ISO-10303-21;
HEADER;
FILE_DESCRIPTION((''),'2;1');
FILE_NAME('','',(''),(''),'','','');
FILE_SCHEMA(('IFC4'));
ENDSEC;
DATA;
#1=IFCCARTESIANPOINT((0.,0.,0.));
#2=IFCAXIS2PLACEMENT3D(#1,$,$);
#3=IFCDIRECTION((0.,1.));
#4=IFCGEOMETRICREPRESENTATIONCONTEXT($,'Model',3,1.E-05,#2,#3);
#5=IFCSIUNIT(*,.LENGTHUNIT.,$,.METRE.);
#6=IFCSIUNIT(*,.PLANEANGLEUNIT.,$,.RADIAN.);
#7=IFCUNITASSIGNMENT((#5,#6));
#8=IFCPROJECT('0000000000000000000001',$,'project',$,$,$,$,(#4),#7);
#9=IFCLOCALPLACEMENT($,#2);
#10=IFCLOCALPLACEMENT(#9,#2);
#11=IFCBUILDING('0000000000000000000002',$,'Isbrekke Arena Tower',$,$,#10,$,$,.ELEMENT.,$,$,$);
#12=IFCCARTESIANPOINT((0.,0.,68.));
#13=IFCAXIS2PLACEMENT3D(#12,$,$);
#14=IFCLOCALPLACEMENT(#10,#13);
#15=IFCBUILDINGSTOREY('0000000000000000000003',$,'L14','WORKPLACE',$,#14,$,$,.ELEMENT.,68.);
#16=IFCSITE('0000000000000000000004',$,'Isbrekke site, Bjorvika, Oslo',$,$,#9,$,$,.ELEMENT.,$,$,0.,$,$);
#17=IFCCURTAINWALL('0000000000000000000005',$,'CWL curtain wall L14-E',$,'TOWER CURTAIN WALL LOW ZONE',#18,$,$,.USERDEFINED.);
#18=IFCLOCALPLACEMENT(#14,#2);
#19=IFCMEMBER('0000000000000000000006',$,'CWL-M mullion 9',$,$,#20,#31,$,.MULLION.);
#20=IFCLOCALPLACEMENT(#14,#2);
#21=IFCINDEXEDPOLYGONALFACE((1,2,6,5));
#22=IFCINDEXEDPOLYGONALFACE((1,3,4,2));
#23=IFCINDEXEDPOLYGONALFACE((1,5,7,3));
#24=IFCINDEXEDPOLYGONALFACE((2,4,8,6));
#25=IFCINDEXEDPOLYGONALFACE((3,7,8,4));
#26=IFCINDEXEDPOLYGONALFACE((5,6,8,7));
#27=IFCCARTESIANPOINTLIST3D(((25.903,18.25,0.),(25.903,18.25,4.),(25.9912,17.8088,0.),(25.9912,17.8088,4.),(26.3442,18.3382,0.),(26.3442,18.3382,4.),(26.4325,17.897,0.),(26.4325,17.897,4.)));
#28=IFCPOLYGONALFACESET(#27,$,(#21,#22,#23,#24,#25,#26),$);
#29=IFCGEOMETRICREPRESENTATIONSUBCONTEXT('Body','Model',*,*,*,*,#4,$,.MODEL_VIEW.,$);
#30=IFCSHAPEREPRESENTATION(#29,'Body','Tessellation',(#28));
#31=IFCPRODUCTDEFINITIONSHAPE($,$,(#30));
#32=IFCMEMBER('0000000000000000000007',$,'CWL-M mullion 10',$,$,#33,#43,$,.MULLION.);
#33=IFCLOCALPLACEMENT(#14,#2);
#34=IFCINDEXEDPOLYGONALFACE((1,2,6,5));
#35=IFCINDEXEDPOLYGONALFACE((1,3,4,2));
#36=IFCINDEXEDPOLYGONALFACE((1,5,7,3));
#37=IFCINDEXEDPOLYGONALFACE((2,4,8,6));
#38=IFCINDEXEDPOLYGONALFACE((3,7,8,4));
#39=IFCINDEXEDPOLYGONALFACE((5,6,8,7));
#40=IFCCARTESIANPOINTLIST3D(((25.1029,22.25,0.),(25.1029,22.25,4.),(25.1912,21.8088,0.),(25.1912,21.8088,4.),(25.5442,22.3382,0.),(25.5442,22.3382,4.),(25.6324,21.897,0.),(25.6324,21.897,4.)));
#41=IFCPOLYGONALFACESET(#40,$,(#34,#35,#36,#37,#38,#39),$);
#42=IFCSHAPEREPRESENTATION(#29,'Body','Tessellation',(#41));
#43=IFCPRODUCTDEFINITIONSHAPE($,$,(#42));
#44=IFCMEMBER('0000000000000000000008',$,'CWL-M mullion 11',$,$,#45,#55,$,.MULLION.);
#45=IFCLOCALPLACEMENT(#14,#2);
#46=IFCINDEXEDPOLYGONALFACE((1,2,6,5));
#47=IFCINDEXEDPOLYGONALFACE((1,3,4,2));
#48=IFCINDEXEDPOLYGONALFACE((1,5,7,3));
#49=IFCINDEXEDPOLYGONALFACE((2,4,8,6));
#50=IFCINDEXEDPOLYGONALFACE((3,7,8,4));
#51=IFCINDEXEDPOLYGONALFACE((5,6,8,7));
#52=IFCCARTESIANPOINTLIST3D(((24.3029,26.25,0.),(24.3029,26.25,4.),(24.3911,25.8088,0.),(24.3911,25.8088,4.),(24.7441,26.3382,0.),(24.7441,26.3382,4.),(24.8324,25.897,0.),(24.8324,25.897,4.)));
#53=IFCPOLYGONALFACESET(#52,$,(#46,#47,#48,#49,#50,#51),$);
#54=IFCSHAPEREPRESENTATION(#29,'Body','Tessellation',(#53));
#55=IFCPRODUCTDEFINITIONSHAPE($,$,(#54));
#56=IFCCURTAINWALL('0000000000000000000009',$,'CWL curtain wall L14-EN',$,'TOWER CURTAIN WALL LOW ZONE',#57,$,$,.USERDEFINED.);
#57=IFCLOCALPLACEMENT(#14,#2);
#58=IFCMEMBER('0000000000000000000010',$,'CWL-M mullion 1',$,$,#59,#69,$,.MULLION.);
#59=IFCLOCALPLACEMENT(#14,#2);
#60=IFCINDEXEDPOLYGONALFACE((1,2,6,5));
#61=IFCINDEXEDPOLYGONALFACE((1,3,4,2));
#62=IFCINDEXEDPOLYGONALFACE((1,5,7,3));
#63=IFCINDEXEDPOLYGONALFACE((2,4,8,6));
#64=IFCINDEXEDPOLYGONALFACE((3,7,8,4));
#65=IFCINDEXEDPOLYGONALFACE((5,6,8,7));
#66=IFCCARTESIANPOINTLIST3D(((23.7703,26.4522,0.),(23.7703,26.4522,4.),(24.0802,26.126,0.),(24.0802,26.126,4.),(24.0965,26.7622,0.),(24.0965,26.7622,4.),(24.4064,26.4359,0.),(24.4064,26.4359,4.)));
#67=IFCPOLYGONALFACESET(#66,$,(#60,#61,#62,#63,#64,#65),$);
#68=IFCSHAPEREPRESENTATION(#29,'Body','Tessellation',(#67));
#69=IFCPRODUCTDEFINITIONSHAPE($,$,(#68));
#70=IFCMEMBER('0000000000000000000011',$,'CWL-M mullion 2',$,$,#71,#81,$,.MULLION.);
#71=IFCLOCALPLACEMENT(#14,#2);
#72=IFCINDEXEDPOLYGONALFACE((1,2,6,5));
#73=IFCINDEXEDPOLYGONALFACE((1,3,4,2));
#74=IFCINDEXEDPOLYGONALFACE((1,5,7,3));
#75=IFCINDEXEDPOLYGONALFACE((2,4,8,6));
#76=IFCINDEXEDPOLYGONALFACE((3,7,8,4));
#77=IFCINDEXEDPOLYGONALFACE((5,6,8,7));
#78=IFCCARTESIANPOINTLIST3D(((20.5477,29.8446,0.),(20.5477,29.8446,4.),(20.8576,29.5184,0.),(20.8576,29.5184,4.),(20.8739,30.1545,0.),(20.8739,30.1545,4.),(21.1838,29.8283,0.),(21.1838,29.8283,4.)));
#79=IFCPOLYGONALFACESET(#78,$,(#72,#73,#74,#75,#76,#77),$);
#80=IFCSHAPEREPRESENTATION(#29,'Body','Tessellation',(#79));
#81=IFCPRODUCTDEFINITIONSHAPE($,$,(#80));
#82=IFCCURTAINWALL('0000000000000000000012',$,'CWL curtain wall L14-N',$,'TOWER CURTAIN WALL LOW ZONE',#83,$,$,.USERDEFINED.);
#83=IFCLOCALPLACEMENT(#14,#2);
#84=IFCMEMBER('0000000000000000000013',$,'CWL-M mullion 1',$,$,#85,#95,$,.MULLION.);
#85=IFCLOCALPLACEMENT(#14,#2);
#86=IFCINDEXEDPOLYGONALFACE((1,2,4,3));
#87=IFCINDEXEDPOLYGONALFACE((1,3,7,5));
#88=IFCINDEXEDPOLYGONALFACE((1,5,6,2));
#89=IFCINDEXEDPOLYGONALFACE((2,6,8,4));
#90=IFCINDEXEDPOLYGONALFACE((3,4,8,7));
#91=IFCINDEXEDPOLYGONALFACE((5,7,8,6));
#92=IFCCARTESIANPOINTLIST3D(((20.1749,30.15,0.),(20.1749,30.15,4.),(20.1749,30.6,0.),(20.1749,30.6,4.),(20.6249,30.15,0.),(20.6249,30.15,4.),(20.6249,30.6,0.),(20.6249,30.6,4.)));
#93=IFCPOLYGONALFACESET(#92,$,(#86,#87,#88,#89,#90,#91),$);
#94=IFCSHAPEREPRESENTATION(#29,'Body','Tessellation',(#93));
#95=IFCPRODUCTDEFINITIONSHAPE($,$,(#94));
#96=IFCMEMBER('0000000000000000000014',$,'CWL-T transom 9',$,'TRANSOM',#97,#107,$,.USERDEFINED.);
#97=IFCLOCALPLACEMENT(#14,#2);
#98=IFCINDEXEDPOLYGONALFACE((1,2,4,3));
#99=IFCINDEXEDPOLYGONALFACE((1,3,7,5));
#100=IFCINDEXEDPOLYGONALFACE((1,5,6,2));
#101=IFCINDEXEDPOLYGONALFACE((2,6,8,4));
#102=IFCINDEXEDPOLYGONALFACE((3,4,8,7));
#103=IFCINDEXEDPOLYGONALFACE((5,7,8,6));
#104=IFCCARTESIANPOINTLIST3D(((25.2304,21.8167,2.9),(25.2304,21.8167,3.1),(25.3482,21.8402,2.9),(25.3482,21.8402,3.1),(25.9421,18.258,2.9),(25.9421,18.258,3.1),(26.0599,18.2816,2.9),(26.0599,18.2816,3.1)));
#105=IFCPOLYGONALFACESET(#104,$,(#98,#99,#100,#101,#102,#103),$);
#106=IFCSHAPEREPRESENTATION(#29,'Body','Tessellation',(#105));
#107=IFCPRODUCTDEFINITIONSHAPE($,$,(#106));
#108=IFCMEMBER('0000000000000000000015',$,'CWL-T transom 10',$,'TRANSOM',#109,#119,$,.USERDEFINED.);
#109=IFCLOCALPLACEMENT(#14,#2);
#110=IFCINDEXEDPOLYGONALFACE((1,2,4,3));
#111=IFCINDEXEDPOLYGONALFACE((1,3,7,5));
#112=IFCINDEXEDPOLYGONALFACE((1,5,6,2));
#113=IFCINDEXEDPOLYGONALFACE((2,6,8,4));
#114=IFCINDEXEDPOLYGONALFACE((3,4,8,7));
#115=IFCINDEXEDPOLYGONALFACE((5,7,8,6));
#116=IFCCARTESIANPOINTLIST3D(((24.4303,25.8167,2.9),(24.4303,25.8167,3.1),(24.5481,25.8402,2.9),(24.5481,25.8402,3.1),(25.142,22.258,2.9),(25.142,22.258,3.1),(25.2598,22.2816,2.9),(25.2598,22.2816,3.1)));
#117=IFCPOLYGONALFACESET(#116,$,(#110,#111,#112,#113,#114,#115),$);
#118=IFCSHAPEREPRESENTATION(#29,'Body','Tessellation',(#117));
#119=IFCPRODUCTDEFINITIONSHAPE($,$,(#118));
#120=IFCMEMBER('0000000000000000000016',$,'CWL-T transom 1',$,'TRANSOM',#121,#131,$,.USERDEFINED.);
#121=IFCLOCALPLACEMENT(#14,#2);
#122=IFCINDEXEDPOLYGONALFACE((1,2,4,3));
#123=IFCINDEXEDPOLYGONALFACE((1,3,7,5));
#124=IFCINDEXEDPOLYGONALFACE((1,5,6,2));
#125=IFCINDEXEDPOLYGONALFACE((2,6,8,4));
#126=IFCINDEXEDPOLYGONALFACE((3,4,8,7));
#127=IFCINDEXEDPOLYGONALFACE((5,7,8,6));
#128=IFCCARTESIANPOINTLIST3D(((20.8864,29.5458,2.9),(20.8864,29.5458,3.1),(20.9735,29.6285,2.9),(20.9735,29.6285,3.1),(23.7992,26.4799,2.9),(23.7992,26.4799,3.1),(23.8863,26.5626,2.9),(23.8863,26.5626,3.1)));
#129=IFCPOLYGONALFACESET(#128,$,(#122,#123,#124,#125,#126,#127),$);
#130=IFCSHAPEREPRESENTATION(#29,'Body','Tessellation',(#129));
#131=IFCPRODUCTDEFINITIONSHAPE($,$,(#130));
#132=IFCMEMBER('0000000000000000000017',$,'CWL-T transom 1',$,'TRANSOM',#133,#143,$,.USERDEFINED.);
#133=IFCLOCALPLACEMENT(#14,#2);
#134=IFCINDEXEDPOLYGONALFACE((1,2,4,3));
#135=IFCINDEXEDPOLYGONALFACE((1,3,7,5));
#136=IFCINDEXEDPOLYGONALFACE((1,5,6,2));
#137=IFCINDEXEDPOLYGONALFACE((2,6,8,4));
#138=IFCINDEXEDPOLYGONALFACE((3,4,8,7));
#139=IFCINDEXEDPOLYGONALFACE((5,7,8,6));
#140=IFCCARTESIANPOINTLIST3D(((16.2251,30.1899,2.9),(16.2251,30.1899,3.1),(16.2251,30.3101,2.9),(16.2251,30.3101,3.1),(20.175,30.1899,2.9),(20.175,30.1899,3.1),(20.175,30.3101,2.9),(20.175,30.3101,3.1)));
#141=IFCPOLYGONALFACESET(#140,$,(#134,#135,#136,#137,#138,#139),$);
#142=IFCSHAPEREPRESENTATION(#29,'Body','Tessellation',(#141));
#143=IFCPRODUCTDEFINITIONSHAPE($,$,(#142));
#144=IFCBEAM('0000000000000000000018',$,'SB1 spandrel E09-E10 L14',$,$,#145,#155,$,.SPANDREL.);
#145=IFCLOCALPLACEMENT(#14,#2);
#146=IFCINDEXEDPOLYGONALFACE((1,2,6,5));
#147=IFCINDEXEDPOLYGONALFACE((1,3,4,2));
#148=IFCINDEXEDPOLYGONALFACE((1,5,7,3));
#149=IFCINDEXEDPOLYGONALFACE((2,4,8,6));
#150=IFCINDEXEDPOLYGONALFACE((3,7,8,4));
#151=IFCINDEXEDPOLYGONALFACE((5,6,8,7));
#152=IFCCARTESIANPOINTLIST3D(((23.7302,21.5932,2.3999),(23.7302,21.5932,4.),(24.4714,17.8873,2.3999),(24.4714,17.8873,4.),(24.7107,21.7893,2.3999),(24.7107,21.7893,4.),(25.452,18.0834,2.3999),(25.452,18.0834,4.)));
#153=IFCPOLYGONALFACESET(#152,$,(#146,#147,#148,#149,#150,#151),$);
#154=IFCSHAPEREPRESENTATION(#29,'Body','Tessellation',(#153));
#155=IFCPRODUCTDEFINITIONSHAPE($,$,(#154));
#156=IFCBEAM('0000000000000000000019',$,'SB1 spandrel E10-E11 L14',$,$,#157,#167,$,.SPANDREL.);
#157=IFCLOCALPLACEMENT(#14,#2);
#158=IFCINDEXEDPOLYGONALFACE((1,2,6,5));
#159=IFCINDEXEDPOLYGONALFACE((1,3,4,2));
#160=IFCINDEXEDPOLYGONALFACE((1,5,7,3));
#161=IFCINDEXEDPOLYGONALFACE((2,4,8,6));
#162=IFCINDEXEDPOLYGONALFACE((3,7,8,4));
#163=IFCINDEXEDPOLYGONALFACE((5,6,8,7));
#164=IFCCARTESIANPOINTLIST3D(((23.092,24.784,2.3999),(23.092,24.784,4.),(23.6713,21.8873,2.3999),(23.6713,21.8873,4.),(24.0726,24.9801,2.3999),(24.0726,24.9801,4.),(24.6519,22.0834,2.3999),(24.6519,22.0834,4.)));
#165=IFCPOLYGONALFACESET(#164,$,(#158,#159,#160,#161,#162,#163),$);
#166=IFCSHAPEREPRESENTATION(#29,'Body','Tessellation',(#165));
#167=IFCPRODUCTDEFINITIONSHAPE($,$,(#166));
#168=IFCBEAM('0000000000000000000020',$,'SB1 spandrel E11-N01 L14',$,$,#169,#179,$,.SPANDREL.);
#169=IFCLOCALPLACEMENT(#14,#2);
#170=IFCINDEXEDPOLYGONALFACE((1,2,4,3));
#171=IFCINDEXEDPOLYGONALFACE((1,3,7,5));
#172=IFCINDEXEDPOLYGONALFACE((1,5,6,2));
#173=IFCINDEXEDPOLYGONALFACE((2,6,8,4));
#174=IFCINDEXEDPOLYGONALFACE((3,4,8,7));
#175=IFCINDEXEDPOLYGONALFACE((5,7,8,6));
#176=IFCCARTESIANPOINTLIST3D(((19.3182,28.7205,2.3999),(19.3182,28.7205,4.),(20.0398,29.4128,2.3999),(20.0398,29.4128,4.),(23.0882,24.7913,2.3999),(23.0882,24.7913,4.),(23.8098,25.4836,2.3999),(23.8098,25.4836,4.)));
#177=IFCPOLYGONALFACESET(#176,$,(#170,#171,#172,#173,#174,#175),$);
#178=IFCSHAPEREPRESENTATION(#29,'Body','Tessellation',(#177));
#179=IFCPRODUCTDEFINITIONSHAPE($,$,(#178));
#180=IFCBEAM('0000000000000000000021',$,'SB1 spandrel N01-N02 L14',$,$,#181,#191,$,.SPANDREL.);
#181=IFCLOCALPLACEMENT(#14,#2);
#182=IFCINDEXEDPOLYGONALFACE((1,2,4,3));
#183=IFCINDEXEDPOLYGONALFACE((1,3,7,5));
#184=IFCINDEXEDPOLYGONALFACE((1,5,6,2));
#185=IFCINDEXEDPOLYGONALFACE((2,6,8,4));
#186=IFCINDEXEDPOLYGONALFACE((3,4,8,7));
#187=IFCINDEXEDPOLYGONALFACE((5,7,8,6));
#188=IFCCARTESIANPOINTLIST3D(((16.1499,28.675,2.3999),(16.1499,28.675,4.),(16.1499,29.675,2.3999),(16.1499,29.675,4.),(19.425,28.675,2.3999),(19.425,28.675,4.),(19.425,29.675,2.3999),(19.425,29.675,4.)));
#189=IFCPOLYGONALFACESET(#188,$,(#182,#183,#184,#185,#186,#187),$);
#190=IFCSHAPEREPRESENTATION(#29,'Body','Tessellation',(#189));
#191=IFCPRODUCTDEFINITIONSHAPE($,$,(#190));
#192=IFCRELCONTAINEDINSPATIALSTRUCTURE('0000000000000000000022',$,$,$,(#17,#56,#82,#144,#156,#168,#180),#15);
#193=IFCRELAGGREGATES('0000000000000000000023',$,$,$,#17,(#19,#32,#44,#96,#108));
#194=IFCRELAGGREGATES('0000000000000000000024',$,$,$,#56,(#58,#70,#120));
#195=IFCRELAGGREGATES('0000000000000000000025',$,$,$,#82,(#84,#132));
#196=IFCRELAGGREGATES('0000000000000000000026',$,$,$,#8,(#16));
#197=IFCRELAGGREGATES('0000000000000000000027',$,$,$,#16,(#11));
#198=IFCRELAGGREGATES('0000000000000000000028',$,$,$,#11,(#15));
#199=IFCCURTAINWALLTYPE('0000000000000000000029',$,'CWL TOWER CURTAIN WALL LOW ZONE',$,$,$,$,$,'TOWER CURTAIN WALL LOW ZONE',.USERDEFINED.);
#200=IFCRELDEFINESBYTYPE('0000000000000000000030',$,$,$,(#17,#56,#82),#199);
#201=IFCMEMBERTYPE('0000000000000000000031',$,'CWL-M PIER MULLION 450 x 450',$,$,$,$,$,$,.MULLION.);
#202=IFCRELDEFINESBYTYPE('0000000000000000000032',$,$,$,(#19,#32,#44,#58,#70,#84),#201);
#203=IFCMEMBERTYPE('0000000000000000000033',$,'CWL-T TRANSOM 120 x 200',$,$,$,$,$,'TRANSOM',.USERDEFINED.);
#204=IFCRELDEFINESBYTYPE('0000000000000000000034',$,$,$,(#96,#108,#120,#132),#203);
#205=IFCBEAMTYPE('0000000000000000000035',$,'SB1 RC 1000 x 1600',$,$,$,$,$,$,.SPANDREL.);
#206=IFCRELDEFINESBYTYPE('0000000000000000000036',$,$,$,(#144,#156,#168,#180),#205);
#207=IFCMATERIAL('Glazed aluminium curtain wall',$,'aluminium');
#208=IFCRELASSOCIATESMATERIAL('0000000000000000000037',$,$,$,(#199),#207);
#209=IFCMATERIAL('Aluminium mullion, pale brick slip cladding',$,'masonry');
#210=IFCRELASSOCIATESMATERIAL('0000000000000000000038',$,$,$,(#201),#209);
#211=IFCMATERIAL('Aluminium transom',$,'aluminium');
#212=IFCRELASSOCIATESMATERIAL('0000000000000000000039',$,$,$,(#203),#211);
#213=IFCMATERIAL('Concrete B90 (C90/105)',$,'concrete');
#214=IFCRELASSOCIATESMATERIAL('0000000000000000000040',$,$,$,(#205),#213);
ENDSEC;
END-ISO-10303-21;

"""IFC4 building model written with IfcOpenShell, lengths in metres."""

from ifc_helpers import new_model, si_unit, direction, frame, origin, origin_2d, place, context, subcontext, project, spatial, rectangle, extrude, material, material_profile, profile_set, type_object, element, aggregate, save


model = new_model("IFC4")

# Units and contexts
model_context = context("Model", 3, precision=1e-05, world=origin(), true_north=direction((0.0, 1.0)))
body_context = subcontext(model_context, "Body", "Model", "MODEL_VIEW")
ifc_project = project(units=[si_unit("LENGTHUNIT", "METRE"), si_unit("PLANEANGLEUNIT", "RADIAN")], contexts=[model_context])

# Site, building, storey
site_placement = place(None, origin())
site = spatial("IfcSite", under=ifc_project, at=site_placement, Name="Isbrekke site, Bjorvika, Oslo", CompositionType="ELEMENT", RefElevation=0.0)
building_placement = place(site_placement, origin())
building = spatial("IfcBuilding", under=site, at=building_placement, Name="Isbrekke Arena Tower", CompositionType="ELEMENT")
storey_placement = place(building_placement, frame((0.0, 0.0, 68.0)))
storey = spatial("IfcBuildingStorey", under=building, at=storey_placement, Name="L14", Description="WORKPLACE", CompositionType="ELEMENT", Elevation=68.0)

# Curtain walls, members
ifc_material_1 = material(Name="Glazed aluminium curtain wall", Category="aluminium")
curtain_wall_type = type_object("IfcCurtainWallType", Name="CWL TOWER CURTAIN WALL LOW ZONE", ElementType="TOWER CURTAIN WALL LOW ZONE", PredefinedType="USERDEFINED", material=ifc_material_1)
curtain_wall_1_placement = place(storey_placement, origin())
curtain_wall_1 = element("IfcCurtainWall", 1, at=curtain_wall_1_placement, inside=storey, type_object=curtain_wall_type, Name="CWL curtain wall L14-E", ObjectType="TOWER CURTAIN WALL LOW ZONE", PredefinedType="USERDEFINED")
ifc_material_2 = material(Name="Aluminium mullion, pale brick slip cladding", Category="masonry")
ifc_material_profile_1 = material_profile(ifc_material_2, rectangle(XDim=0.45, YDim=0.45, at=origin_2d()), Name="PIER 450X450")
ifc_profile_set_1 = profile_set([ifc_material_profile_1], Name="Aluminium mullion, pale brick slip cladding")
member_type_1 = type_object("IfcMemberType", Name="CWL-M PIER MULLION 450 x 450", PredefinedType="MULLION", material=ifc_profile_set_1)
member_1_placement = place(storey_placement, frame((26.1677, 18.0735, 0.0), z_axis=(0.0, 0.0, 1.0), x_axis=(-0.196116, 0.980581, 0.0)))
member_1 = element("IfcMember", 2, at=member_1_placement, type_object=member_type_1, Name="CWL-M mullion 9", PredefinedType="MULLION", context=body_context, shape_type="SweptSolid", body=[
    extrude(rectangle(XDim=0.45, YDim=0.45, at=origin_2d()), origin(), (0.0, 0.0, 1.0), 4.0),
])
member_2_placement = place(storey_placement, frame((25.3677, 22.0735, 0.0), z_axis=(0.0, 0.0, 1.0), x_axis=(-0.196116, 0.980581, 0.0)))
member_2 = element("IfcMember", 3, at=member_2_placement, type_object=member_type_1, Name="CWL-M mullion 10", PredefinedType="MULLION", context=body_context, shape_type="SweptSolid", body=[
    extrude(rectangle(XDim=0.45, YDim=0.45, at=origin_2d()), origin(), (0.0, 0.0, 1.0), 4.0),
])
member_3_placement = place(storey_placement, frame((24.5676, 26.0735, 0.0), z_axis=(0.0, 0.0, 1.0), x_axis=(-0.196116, 0.980581, 0.0)))
member_3 = element("IfcMember", 4, at=member_3_placement, type_object=member_type_1, Name="CWL-M mullion 11", PredefinedType="MULLION", context=body_context, shape_type="SweptSolid", body=[
    extrude(rectangle(XDim=0.45, YDim=0.45, at=origin_2d()), origin(), (0.0, 0.0, 1.0), 4.0),
])
curtain_wall_2_placement = place(storey_placement, origin())
curtain_wall_2 = element("IfcCurtainWall", 5, at=curtain_wall_2_placement, inside=storey, type_object=curtain_wall_type, Name="CWL curtain wall L14-EN", ObjectType="TOWER CURTAIN WALL LOW ZONE", PredefinedType="USERDEFINED")
member_4_placement = place(storey_placement, frame((24.0884, 26.4441, 0.0), z_axis=(0.0, 0.0, 1.0), x_axis=(-0.688749, 0.724999, 0.0)))
member_4 = element("IfcMember", 6, at=member_4_placement, type_object=member_type_1, Name="CWL-M mullion 1", PredefinedType="MULLION", context=body_context, shape_type="SweptSolid", body=[
    extrude(rectangle(XDim=0.45, YDim=0.45, at=origin_2d()), origin(), (0.0, 0.0, 1.0), 4.0),
])
member_5_placement = place(storey_placement, frame((20.8657, 29.8364, 0.0), z_axis=(0.0, 0.0, 1.0), x_axis=(-0.688749, 0.724999, 0.0)))
member_5 = element("IfcMember", 7, at=member_5_placement, type_object=member_type_1, Name="CWL-M mullion 2", PredefinedType="MULLION", context=body_context, shape_type="SweptSolid", body=[
    extrude(rectangle(XDim=0.45, YDim=0.45, at=origin_2d()), origin(), (0.0, 0.0, 1.0), 4.0),
])

# Curtain wall, member
curtain_wall_3_placement = place(storey_placement, origin())
curtain_wall_3 = element("IfcCurtainWall", 8, at=curtain_wall_3_placement, inside=storey, type_object=curtain_wall_type, Name="CWL curtain wall L14-N", ObjectType="TOWER CURTAIN WALL LOW ZONE", PredefinedType="USERDEFINED")
member_6_placement = place(storey_placement, frame((20.3999, 30.375, 0.0), z_axis=(0.0, 0.0, 1.0), x_axis=(-1.0, 0.0, 0.0)))
member_6 = element("IfcMember", 9, at=member_6_placement, type_object=member_type_1, Name="CWL-M mullion 1", PredefinedType="MULLION", context=body_context, shape_type="SweptSolid", body=[
    extrude(rectangle(XDim=0.45, YDim=0.45, at=origin_2d()), origin(), (0.0, 0.0, 1.0), 4.0),
])

# Members
ifc_material_3 = material(Name="Aluminium transom", Category="aluminium")
ifc_material_profile_2 = material_profile(ifc_material_3, rectangle(XDim=0.1201, YDim=0.2, at=origin_2d()), Name="TRANSOM 120X200")
ifc_profile_set_2 = profile_set([ifc_material_profile_2], Name="Aluminium transom")
member_type_2 = type_object("IfcMemberType", Name="CWL-T TRANSOM 120 x 200", ElementType="TRANSOM", PredefinedType="USERDEFINED", material=ifc_profile_set_2)
member_7_placement = place(storey_placement, frame((26.001, 18.2698, 3.0), z_axis=(-0.196103, 0.980583, 0.0), x_axis=(-0.980583, -0.196103, 0.0)))
member_7 = element("IfcMember", 10, at=member_7_placement, type_object=member_type_2, Name="CWL-T transom 9", ObjectType="TRANSOM", PredefinedType="USERDEFINED", context=body_context, shape_type="SweptSolid", body=[
    extrude(rectangle(XDim=0.1201, YDim=0.2, at=origin_2d()), origin(), (0.0, 0.0, 1.0), 3.6292),
])
member_8_placement = place(storey_placement, frame((25.2009, 22.2698, 3.0), z_axis=(-0.196103, 0.980583, 0.0), x_axis=(-0.980583, -0.196103, 0.0)))
member_8 = element("IfcMember", 11, at=member_8_placement, type_object=member_type_2, Name="CWL-T transom 10", ObjectType="TRANSOM", PredefinedType="USERDEFINED", context=body_context, shape_type="SweptSolid", body=[
    extrude(rectangle(XDim=0.1201, YDim=0.2, at=origin_2d()), origin(), (0.0, 0.0, 1.0), 3.6292),
])
member_9_placement = place(storey_placement, frame((23.8428, 26.5212, 3.0), z_axis=(-0.688777, 0.724973, 0.0), x_axis=(-0.724973, -0.688777, 0.0)))
member_9 = element("IfcMember", 12, at=member_9_placement, type_object=member_type_2, Name="CWL-T transom 1", ObjectType="TRANSOM", PredefinedType="USERDEFINED", context=body_context, shape_type="SweptSolid", body=[
    extrude(rectangle(XDim=0.1201, YDim=0.2, at=origin_2d()), origin(), (0.0, 0.0, 1.0), 4.229),
])
member_10_placement = place(storey_placement, frame((20.175, 30.25, 3.0), z_axis=(-1.0, 0.0, 0.0), x_axis=(0.0, -1.0, 0.0)))
member_10 = element("IfcMember", 13, at=member_10_placement, type_object=member_type_2, Name="CWL-T transom 1", ObjectType="TRANSOM", PredefinedType="USERDEFINED", context=body_context, shape_type="SweptSolid", body=[
    extrude(rectangle(XDim=0.1201, YDim=0.2, at=origin_2d()), origin(), (0.0, 0.0, 1.0), 3.95),
])

# Beams
ifc_material_4 = material(Name="Concrete B90 (C90/105)", Category="concrete")
ifc_material_profile_3 = material_profile(ifc_material_4, rectangle(XDim=1.0, YDim=1.6001, at=origin_2d()), Name="RC 1000x1600")
ifc_profile_set_3 = profile_set([ifc_material_profile_3], Name="Concrete B90 (C90/105)")
beam_type_1 = type_object("IfcBeamType", Name="SB1 RC 1000 x 1600", PredefinedType="SPANDREL", material=ifc_profile_set_3)
beam_1_placement = place(storey_placement, frame((24.9617, 17.9854, 3.2), z_axis=(-0.196129, 0.980578, 0.0), x_axis=(-0.980578, -0.196129, 0.0)))
element("IfcBeam", 14, at=beam_1_placement, inside=storey, type_object=beam_type_1, Name="SB1 spandrel E09-E10 L14", PredefinedType="SPANDREL", context=body_context, shape_type="SweptSolid", body=[
    extrude(rectangle(XDim=1.0, YDim=1.6001, at=origin_2d()), origin(), (0.0, 0.0, 1.0), 3.7793),
])
beam_2_placement = place(storey_placement, frame((24.1616, 21.9854, 3.2), z_axis=(-0.196116, 0.980581, 0.0), x_axis=(-0.980581, -0.196116, 0.0)))
element("IfcBeam", 15, at=beam_2_placement, inside=storey, type_object=beam_type_1, Name="SB1 spandrel E10-E11 L14", PredefinedType="SPANDREL", context=body_context, shape_type="SweptSolid", body=[
    extrude(rectangle(XDim=1.0, YDim=1.6001, at=origin_2d()), origin(), (0.0, 0.0, 1.0), 2.9541),
])
beam_3_placement = place(storey_placement, frame((23.449, 25.1375, 3.2), z_axis=(-0.69234, 0.721572, 0.0), x_axis=(-0.721572, -0.69234, 0.0)))
element("IfcBeam", 16, at=beam_3_placement, inside=storey, type_object=beam_type_1, Name="SB1 spandrel E11-N01 L14", PredefinedType="SPANDREL", context=body_context, shape_type="SweptSolid", body=[
    extrude(rectangle(XDim=1.0, YDim=1.6001, at=origin_2d()), origin(), (0.0, 0.0, 1.0), 5.4453),
])
beam_4_placement = place(storey_placement, frame((19.425, 29.175, 3.2), z_axis=(-1.0, 0.0, 0.0), x_axis=(0.0, -1.0, 0.0)))
element("IfcBeam", 17, at=beam_4_placement, inside=storey, type_object=beam_type_1, Name="SB1 spandrel N01-N02 L14", PredefinedType="SPANDREL", context=body_context, shape_type="SweptSolid", body=[
    extrude(rectangle(XDim=1.0, YDim=1.6001, at=origin_2d()), origin(), (0.0, 0.0, 1.0), 3.2751),
])

aggregate(curtain_wall_1, [member_1, member_2, member_3, member_7, member_8])
aggregate(curtain_wall_2, [member_4, member_5, member_9])
aggregate(curtain_wall_3, [member_6, member_10])

save(model, "model.ifc")
